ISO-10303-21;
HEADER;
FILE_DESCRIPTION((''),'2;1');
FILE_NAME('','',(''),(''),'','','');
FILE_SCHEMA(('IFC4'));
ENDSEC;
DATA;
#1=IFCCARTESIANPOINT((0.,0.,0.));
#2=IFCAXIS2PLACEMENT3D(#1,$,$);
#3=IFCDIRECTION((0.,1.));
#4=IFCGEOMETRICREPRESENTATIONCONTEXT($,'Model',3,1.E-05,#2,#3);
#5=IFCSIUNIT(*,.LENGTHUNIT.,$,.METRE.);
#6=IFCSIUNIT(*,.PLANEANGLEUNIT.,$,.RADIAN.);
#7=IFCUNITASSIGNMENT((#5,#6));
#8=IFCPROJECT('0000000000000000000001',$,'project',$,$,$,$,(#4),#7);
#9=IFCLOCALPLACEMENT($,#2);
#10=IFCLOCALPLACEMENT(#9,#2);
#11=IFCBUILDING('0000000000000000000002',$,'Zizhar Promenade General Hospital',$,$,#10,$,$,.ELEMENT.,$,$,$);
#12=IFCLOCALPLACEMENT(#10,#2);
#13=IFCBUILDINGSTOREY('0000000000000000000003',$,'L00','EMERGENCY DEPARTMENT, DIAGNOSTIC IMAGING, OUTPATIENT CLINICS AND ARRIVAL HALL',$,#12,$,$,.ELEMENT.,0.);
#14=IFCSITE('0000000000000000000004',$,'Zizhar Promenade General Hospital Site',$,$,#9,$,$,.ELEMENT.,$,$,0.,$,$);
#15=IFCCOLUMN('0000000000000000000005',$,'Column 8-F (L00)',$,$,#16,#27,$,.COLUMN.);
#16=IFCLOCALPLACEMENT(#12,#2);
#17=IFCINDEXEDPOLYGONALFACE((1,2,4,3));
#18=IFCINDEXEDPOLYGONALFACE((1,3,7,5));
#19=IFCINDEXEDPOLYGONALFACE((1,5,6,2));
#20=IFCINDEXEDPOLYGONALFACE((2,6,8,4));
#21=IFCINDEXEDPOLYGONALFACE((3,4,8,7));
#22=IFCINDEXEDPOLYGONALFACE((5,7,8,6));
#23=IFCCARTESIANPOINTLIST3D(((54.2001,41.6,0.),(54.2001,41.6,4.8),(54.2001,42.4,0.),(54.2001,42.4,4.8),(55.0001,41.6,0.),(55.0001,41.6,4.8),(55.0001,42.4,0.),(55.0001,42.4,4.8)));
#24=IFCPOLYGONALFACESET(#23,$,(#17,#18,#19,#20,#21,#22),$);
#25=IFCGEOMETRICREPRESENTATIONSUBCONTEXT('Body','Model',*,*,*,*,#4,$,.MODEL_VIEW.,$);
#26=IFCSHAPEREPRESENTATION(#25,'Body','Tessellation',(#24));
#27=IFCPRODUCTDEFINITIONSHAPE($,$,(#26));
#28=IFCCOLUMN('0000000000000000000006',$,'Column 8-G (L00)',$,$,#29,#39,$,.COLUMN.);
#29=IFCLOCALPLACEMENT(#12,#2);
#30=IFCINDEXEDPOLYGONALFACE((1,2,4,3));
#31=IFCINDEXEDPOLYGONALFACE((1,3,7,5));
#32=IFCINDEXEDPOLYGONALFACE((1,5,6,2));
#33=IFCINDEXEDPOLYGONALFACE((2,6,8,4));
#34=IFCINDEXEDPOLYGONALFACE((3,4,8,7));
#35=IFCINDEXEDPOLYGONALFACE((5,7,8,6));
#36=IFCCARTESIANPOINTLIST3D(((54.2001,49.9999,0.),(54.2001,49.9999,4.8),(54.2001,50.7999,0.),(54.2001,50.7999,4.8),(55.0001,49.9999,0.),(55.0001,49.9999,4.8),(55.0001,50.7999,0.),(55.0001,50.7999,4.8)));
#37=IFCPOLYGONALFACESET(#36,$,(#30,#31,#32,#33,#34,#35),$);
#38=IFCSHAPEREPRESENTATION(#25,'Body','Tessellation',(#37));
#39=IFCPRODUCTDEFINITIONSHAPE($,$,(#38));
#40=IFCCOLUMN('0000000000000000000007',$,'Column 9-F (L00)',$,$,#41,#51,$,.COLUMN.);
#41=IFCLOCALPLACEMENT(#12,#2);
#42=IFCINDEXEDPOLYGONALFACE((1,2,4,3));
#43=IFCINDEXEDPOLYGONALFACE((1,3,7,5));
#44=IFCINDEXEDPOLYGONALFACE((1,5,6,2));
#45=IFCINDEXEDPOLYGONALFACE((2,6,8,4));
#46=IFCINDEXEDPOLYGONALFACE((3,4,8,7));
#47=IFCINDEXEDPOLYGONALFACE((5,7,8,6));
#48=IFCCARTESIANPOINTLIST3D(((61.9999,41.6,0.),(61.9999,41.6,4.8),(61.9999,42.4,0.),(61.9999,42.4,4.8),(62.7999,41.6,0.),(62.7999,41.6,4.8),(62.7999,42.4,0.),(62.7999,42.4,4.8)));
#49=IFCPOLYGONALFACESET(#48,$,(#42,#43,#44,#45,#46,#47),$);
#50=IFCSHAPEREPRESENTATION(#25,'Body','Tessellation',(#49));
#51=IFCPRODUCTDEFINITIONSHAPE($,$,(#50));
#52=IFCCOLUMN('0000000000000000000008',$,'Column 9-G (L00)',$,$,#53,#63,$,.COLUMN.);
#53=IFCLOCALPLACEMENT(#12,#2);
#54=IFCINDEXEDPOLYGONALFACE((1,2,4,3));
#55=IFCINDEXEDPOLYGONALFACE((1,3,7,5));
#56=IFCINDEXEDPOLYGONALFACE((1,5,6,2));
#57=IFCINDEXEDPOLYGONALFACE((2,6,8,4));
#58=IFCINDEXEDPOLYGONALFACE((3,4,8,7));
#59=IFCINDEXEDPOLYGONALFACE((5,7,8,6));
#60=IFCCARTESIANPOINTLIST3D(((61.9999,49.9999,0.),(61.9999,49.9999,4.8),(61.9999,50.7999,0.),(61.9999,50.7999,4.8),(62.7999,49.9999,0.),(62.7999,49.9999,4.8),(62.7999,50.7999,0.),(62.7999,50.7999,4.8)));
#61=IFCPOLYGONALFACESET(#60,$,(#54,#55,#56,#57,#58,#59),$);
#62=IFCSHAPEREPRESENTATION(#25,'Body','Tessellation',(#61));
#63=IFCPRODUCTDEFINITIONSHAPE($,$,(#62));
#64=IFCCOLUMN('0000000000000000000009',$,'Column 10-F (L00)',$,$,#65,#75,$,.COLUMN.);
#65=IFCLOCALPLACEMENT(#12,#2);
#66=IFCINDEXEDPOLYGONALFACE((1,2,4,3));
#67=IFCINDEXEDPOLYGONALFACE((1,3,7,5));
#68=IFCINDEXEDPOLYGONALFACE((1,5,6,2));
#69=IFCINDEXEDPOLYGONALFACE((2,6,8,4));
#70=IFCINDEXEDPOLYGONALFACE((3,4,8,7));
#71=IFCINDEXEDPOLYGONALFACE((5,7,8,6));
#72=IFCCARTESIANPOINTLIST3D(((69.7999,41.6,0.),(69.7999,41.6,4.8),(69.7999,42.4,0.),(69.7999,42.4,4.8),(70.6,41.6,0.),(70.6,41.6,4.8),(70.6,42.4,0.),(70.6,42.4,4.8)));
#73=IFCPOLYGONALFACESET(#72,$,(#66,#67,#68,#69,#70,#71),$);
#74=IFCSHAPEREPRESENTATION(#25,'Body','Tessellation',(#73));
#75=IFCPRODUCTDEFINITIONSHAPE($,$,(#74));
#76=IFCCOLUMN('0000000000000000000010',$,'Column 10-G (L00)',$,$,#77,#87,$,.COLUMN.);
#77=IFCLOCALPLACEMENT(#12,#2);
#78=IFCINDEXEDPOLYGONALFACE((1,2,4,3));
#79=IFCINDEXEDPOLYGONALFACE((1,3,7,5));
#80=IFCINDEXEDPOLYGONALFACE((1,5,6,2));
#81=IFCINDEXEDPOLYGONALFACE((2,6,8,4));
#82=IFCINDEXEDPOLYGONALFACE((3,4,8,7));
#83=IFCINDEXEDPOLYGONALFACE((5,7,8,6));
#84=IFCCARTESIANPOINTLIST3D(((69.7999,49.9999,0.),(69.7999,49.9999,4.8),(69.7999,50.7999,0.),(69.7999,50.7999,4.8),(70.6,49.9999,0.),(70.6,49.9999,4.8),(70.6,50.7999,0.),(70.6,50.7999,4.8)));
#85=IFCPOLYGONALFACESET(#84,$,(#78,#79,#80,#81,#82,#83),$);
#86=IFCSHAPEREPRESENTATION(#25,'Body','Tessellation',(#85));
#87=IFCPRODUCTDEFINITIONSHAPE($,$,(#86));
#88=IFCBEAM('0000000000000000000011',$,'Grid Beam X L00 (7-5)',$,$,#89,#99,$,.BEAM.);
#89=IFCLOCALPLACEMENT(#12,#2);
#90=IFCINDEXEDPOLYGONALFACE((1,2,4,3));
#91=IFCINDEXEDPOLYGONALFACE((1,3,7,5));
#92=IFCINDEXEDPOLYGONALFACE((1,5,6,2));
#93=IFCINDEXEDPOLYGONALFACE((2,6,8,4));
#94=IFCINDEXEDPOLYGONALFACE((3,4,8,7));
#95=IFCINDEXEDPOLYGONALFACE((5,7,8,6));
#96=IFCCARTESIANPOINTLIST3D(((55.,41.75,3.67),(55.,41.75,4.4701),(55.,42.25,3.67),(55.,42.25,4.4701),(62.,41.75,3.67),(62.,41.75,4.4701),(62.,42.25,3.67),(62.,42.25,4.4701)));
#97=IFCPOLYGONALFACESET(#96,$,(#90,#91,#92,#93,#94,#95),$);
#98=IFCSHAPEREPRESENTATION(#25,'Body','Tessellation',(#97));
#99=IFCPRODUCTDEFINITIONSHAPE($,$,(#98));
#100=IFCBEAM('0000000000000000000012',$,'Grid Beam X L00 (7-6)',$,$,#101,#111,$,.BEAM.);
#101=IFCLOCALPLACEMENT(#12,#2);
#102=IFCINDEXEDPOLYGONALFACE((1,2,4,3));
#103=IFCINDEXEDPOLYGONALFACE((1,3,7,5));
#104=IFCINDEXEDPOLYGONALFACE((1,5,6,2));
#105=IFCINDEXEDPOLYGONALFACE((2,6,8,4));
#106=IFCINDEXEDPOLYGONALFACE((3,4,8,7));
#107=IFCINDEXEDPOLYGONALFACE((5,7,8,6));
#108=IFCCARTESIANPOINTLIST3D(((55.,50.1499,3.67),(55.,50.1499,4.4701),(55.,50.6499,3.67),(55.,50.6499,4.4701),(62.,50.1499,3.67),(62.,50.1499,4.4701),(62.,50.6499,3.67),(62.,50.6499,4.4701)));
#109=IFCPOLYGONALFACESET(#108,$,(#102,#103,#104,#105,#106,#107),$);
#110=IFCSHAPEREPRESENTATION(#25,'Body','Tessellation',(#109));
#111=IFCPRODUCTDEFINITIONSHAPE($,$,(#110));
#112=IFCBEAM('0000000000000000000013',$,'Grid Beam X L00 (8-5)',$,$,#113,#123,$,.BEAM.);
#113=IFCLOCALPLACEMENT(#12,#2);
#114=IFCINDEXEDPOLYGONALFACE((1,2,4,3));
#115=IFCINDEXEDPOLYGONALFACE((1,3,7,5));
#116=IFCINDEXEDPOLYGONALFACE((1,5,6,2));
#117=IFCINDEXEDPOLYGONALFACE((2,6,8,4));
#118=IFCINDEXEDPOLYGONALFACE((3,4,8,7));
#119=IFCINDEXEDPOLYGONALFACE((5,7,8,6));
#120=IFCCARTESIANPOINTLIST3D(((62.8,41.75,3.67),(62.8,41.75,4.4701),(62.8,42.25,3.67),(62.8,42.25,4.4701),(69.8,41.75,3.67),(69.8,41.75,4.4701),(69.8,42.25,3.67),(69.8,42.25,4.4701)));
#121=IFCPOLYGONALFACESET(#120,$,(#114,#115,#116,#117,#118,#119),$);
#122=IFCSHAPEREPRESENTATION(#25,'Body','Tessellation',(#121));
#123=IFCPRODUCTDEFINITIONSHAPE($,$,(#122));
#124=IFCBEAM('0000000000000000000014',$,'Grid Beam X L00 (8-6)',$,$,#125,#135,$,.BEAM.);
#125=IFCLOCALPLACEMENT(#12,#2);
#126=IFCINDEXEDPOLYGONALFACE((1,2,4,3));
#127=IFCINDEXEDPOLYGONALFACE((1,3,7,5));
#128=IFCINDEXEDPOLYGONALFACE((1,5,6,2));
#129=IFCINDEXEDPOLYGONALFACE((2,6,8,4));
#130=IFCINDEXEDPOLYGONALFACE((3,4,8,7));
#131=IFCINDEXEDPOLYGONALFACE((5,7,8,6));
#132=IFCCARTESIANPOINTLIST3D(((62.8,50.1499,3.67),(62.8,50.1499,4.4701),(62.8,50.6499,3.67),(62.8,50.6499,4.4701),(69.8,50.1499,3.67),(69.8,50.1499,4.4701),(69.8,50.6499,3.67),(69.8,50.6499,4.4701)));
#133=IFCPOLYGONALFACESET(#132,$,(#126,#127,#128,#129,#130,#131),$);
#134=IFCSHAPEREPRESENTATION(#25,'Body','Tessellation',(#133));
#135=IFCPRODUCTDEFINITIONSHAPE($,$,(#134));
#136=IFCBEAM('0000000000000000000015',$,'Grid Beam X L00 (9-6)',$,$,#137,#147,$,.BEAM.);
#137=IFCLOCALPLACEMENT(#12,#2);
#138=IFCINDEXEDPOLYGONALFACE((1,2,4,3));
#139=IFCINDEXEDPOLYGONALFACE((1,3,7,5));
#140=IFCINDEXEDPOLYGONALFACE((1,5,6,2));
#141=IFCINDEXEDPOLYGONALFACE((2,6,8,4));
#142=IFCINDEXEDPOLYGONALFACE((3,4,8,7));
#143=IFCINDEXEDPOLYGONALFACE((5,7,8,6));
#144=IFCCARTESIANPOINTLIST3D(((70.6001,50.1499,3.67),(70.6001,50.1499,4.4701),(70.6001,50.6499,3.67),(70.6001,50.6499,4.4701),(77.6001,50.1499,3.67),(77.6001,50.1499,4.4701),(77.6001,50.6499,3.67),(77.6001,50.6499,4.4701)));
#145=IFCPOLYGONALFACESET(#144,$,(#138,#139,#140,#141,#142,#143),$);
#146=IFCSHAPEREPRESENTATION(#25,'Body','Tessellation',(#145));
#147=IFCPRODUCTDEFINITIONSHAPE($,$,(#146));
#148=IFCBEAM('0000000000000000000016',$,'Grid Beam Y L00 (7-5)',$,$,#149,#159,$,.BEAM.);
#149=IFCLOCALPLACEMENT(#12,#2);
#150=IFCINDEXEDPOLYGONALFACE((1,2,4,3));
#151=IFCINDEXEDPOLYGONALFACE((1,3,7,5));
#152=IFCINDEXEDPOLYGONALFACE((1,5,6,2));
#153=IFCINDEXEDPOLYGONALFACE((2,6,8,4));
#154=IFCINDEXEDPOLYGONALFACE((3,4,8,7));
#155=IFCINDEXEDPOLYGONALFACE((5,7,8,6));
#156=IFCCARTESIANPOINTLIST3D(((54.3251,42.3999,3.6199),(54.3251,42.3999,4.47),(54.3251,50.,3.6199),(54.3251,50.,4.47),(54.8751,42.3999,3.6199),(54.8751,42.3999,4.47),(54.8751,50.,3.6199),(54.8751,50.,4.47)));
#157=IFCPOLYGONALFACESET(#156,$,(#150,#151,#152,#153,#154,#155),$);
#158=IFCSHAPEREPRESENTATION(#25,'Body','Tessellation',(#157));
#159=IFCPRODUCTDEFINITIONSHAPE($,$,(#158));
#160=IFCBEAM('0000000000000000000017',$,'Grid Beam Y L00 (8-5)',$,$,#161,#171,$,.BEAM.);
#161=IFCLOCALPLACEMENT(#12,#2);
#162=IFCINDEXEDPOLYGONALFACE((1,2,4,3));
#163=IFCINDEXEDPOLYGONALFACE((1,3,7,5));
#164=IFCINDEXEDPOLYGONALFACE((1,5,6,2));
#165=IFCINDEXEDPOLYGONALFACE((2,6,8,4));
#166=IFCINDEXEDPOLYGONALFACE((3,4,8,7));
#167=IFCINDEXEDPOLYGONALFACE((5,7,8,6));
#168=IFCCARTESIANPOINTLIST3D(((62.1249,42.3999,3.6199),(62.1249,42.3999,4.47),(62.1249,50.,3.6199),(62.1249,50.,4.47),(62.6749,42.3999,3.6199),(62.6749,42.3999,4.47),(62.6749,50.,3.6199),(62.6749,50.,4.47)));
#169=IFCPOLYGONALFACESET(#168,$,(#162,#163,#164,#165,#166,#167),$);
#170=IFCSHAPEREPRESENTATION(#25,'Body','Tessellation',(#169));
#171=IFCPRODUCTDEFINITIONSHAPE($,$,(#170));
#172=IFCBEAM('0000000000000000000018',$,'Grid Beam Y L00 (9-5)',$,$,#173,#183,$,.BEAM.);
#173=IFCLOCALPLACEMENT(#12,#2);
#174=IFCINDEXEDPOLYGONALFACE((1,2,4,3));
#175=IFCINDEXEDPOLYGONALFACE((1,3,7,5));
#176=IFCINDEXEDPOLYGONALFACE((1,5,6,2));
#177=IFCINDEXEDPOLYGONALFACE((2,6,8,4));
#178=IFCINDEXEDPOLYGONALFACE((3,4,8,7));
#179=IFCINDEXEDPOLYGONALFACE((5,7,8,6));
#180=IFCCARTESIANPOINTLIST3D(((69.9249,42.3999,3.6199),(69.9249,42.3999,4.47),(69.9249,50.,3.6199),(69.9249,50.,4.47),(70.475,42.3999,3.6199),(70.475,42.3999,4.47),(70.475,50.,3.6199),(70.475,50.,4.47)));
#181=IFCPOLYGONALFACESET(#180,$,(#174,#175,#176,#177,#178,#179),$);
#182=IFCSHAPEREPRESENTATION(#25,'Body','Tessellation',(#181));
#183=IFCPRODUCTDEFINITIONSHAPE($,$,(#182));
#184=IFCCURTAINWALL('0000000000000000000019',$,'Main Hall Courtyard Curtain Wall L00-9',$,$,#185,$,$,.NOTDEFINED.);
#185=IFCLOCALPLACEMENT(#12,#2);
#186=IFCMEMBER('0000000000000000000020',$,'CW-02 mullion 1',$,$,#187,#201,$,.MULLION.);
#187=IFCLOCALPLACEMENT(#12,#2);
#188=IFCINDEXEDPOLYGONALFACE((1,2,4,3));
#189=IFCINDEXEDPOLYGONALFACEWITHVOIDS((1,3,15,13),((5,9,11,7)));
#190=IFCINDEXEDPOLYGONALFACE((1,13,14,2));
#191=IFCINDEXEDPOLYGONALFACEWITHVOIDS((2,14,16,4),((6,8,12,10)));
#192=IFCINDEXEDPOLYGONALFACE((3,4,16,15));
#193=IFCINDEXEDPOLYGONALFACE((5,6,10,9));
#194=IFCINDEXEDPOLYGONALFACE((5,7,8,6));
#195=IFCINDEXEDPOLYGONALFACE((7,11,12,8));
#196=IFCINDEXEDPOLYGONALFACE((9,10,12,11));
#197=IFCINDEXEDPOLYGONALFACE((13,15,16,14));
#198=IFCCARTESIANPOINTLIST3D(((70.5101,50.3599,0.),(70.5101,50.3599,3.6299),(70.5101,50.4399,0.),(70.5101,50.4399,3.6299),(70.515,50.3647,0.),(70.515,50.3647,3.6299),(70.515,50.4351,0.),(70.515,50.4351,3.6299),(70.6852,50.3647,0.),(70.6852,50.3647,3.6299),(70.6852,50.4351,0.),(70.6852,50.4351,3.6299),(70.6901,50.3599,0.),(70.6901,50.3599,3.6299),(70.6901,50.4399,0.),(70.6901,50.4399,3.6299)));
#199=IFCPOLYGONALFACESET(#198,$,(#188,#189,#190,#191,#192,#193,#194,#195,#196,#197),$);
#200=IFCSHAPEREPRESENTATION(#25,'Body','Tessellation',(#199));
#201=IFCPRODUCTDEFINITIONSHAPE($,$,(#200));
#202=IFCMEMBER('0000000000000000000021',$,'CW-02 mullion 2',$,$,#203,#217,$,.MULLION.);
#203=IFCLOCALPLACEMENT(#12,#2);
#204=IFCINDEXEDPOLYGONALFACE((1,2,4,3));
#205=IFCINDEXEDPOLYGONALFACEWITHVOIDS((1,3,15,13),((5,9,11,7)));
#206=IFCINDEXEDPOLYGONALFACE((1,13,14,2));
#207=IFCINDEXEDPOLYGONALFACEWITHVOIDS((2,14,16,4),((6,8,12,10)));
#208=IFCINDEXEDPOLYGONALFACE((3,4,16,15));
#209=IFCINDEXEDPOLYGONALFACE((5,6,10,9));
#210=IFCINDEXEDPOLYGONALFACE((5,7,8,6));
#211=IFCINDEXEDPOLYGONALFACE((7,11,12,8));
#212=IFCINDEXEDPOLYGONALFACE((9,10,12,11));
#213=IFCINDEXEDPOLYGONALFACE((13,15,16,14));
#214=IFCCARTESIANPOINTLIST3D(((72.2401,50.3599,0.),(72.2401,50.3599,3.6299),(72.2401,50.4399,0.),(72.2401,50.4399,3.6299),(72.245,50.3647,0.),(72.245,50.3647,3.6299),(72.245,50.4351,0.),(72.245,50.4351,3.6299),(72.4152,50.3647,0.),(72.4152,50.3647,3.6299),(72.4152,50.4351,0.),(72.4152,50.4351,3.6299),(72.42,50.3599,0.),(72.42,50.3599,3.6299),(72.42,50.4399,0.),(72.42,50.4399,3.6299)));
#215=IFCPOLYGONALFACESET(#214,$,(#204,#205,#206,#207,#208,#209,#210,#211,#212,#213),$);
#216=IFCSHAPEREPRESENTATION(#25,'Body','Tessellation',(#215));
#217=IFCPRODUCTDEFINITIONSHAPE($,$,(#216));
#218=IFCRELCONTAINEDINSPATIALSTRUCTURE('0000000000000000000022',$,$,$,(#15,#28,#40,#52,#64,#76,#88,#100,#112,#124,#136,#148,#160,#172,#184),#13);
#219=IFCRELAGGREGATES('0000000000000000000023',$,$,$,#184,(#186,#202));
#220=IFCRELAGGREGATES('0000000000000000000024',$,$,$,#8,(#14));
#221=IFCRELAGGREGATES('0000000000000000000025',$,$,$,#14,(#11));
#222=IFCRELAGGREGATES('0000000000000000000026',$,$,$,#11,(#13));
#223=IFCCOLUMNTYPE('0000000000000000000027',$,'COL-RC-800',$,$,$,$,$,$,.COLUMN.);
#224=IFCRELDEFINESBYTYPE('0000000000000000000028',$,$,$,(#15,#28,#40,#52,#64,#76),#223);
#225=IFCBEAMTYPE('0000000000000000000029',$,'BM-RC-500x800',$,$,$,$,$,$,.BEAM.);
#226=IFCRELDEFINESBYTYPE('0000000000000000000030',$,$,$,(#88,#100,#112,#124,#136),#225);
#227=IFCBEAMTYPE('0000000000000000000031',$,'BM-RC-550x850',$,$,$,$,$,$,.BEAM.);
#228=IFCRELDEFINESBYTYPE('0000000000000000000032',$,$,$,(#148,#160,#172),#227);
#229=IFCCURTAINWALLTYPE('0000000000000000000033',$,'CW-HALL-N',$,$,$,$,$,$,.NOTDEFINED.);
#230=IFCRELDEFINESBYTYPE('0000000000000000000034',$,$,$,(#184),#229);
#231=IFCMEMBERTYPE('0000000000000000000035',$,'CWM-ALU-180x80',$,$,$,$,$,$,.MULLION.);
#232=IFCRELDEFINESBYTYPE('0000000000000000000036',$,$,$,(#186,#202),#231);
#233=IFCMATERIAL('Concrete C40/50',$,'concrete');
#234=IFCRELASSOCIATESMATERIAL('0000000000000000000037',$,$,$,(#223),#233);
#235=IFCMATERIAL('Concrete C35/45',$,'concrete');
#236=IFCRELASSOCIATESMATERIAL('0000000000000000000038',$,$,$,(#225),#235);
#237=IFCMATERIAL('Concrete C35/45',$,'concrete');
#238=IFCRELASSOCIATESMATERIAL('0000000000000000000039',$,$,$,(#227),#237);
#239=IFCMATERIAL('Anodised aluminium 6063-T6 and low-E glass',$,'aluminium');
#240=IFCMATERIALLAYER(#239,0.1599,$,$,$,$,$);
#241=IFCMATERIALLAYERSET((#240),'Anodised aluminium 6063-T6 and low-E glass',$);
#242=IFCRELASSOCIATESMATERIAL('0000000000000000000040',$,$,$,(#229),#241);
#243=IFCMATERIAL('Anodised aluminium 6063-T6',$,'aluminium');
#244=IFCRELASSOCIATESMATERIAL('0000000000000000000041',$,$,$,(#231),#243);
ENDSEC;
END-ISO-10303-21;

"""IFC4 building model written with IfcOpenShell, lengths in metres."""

from ifc_helpers import new_model, si_unit, direction, frame, origin, origin_2d, place, context, subcontext, project, spatial, rectangle, hollow_rectangle, extrude, material, layer, layer_set, material_profile, profile_set, type_object, element, aggregate, save


model = new_model("IFC4")

# Units and contexts
model_context = context("Model", 3, precision=1e-05, world=origin(), true_north=direction((0.0, 1.0)))
body_context = subcontext(model_context, "Body", "Model", "MODEL_VIEW")
ifc_project = project(units=[si_unit("LENGTHUNIT", "METRE"), si_unit("PLANEANGLEUNIT", "RADIAN")], contexts=[model_context])

# Site, building, storey
site_placement = place(None, origin())
site = spatial("IfcSite", under=ifc_project, at=site_placement, Name="Zizhar Promenade General Hospital Site", CompositionType="ELEMENT", RefElevation=0.0)
building_placement = place(site_placement, origin())
building = spatial("IfcBuilding", under=site, at=building_placement, Name="Zizhar Promenade General Hospital", CompositionType="ELEMENT")
storey_placement = place(building_placement, origin())
storey = spatial("IfcBuildingStorey", under=building, at=storey_placement, Name="L00", Description="EMERGENCY DEPARTMENT, DIAGNOSTIC IMAGING, OUTPATIENT CLINICS AND ARRIVAL HALL", CompositionType="ELEMENT", Elevation=0.0)

# Columns
ifc_material_1 = material(Name="Concrete C40/50", Category="concrete")
ifc_material_profile_1 = material_profile(ifc_material_1, rectangle(XDim=0.8, YDim=0.8, at=origin_2d()))
ifc_profile_set_1 = profile_set([ifc_material_profile_1], Name="Concrete C40/50")
column_type = type_object("IfcColumnType", Name="COL-RC-800", PredefinedType="COLUMN", material=ifc_profile_set_1)
for number, where, z_axis, x_axis, name in (
    (1, (54.6001, 42.0, 0.0), (0.0, 0.0, 1.0), (1.0, 0.0, 0.0), "Column 8-F (L00)"),
    (2, (54.6001, 50.3999, 0.0), (0.0, 0.0, 1.0), (1.0, 0.0, 0.0), "Column 8-G (L00)"),
    (3, (62.3999, 42.0, 0.0), (0.0, 0.0, 1.0), (1.0, 0.0, 0.0), "Column 9-F (L00)"),
    (4, (62.3999, 50.3999, 0.0), (0.0, 0.0, 1.0), (1.0, 0.0, 0.0), "Column 9-G (L00)"),
    (5, (70.2, 42.0, 0.0), (0.0, 0.0, 1.0), (1.0, 0.0, 0.0), "Column 10-F (L00)"),
    (6, (70.2, 50.3999, 0.0), (0.0, 0.0, 1.0), (1.0, 0.0, 0.0), "Column 10-G (L00)"),
):
    element("IfcColumn", number, at=place(storey_placement, frame(where, z_axis=z_axis, x_axis=x_axis)), inside=storey, type_object=column_type, Name=name, PredefinedType="COLUMN", context=body_context, shape_type="SweptSolid", body=[
        extrude(rectangle(XDim=0.8, YDim=0.8, at=origin_2d()), origin(), (0.0, 0.0, 1.0), 4.8),
    ])

# Beams
ifc_material_2 = material(Name="Concrete C35/45", Category="concrete")
ifc_material_profile_2 = material_profile(ifc_material_2, rectangle(XDim=0.5, YDim=0.8, at=origin_2d()))
ifc_profile_set_2 = profile_set([ifc_material_profile_2], Name="Concrete C35/45")
beam_type_1 = type_object("IfcBeamType", Name="BM-RC-500x800", PredefinedType="BEAM", material=ifc_profile_set_2)
for number, where, z_axis, x_axis, name in (
    (7, (55.0, 42.0, 4.0701), (1.0, 0.0, 0.0), (0.0, 1.0, 0.0), "Grid Beam X L00 (7-5)"),
    (8, (55.0, 50.3999, 4.0701), (1.0, 0.0, 0.0), (0.0, 1.0, 0.0), "Grid Beam X L00 (7-6)"),
    (9, (62.8, 42.0, 4.0701), (1.0, 0.0, 0.0), (0.0, 1.0, 0.0), "Grid Beam X L00 (8-5)"),
    (10, (62.8, 50.3999, 4.0701), (1.0, 0.0, 0.0), (0.0, 1.0, 0.0), "Grid Beam X L00 (8-6)"),
    (11, (70.6001, 50.3999, 4.0701), (1.0, 0.0, 0.0), (0.0, 1.0, 0.0), "Grid Beam X L00 (9-6)"),
):
    element("IfcBeam", number, at=place(storey_placement, frame(where, z_axis=z_axis, x_axis=x_axis)), inside=storey, type_object=beam_type_1, Name=name, PredefinedType="BEAM", context=body_context, shape_type="SweptSolid", body=[
        extrude(rectangle(XDim=0.5, YDim=0.8, at=origin_2d()), origin(), (0.0, 0.0, 1.0), 7.0),
    ])
ifc_material_3 = material(Name="Concrete C35/45", Category="concrete")
ifc_material_profile_3 = material_profile(ifc_material_3, rectangle(XDim=0.55, YDim=0.8501, at=origin_2d()))
ifc_profile_set_3 = profile_set([ifc_material_profile_3], Name="Concrete C35/45")
beam_type_2 = type_object("IfcBeamType", Name="BM-RC-550x850", PredefinedType="BEAM", material=ifc_profile_set_3)
for number, where, z_axis, x_axis, name in (
    (12, (54.6001, 42.3999, 4.0449), (0.0, 1.0, 0.0), (-1.0, 0.0, 0.0), "Grid Beam Y L00 (7-5)"),
    (13, (62.3999, 42.3999, 4.0449), (0.0, 1.0, 0.0), (-1.0, 0.0, 0.0), "Grid Beam Y L00 (8-5)"),
    (14, (70.2, 42.3999, 4.0449), (0.0, 1.0, 0.0), (-1.0, 0.0, 0.0), "Grid Beam Y L00 (9-5)"),
):
    element("IfcBeam", number, at=place(storey_placement, frame(where, z_axis=z_axis, x_axis=x_axis)), inside=storey, type_object=beam_type_2, Name=name, PredefinedType="BEAM", context=body_context, shape_type="SweptSolid", body=[
        extrude(rectangle(XDim=0.55, YDim=0.8501, at=origin_2d()), origin(), (0.0, 0.0, 1.0), 7.6001),
    ])

# Curtain wall, members
ifc_material_4 = material(Name="Anodised aluminium 6063-T6 and low-E glass", Category="aluminium")
ifc_layer_1 = layer(ifc_material_4, 0.1599)
ifc_layer_set_1 = layer_set([ifc_layer_1], Name="Anodised aluminium 6063-T6 and low-E glass")
curtain_wall_type = type_object("IfcCurtainWallType", Name="CW-HALL-N", PredefinedType="NOTDEFINED", material=ifc_layer_set_1)
curtain_wall_placement = place(storey_placement, origin())
curtain_wall = element("IfcCurtainWall", 15, at=curtain_wall_placement, inside=storey, type_object=curtain_wall_type, Name="Main Hall Courtyard Curtain Wall L00-9", PredefinedType="NOTDEFINED")
ifc_material_5 = material(Name="Anodised aluminium 6063-T6", Category="aluminium")
ifc_material_profile_4 = material_profile(ifc_material_5, hollow_rectangle(XDim=0.0801, YDim=0.1799, WallThickness=0.0049, at=origin_2d()))
ifc_profile_set_4 = profile_set([ifc_material_profile_4], Name="Anodised aluminium 6063-T6")
member_type_1 = type_object("IfcMemberType", Name="CWM-ALU-180x80", PredefinedType="MULLION", material=ifc_profile_set_4)
member_1_placement = place(storey_placement, frame((70.6001, 50.3999, 0.0), z_axis=(0.0, 0.0, 1.0), x_axis=(0.0, 1.0, 0.0)))
member_1 = element("IfcMember", 16, at=member_1_placement, type_object=member_type_1, Name="CW-02 mullion 1", PredefinedType="MULLION", context=body_context, shape_type="SweptSolid", body=[
    extrude(hollow_rectangle(XDim=0.0801, YDim=0.1799, WallThickness=0.0049, at=origin_2d()), origin(), (0.0, 0.0, 1.0), 3.6299),
])
member_2_placement = place(storey_placement, frame((72.3301, 50.3999, 0.0), z_axis=(0.0, 0.0, 1.0), x_axis=(0.0, 1.0, 0.0)))
member_2 = element("IfcMember", 17, at=member_2_placement, type_object=member_type_1, Name="CW-02 mullion 2", PredefinedType="MULLION", context=body_context, shape_type="SweptSolid", body=[
    extrude(hollow_rectangle(XDim=0.0801, YDim=0.1799, WallThickness=0.0049, at=origin_2d()), origin(), (0.0, 0.0, 1.0), 3.6299),
])
aggregate(curtain_wall, [member_1, member_2])

save(model, "model.ifc")
